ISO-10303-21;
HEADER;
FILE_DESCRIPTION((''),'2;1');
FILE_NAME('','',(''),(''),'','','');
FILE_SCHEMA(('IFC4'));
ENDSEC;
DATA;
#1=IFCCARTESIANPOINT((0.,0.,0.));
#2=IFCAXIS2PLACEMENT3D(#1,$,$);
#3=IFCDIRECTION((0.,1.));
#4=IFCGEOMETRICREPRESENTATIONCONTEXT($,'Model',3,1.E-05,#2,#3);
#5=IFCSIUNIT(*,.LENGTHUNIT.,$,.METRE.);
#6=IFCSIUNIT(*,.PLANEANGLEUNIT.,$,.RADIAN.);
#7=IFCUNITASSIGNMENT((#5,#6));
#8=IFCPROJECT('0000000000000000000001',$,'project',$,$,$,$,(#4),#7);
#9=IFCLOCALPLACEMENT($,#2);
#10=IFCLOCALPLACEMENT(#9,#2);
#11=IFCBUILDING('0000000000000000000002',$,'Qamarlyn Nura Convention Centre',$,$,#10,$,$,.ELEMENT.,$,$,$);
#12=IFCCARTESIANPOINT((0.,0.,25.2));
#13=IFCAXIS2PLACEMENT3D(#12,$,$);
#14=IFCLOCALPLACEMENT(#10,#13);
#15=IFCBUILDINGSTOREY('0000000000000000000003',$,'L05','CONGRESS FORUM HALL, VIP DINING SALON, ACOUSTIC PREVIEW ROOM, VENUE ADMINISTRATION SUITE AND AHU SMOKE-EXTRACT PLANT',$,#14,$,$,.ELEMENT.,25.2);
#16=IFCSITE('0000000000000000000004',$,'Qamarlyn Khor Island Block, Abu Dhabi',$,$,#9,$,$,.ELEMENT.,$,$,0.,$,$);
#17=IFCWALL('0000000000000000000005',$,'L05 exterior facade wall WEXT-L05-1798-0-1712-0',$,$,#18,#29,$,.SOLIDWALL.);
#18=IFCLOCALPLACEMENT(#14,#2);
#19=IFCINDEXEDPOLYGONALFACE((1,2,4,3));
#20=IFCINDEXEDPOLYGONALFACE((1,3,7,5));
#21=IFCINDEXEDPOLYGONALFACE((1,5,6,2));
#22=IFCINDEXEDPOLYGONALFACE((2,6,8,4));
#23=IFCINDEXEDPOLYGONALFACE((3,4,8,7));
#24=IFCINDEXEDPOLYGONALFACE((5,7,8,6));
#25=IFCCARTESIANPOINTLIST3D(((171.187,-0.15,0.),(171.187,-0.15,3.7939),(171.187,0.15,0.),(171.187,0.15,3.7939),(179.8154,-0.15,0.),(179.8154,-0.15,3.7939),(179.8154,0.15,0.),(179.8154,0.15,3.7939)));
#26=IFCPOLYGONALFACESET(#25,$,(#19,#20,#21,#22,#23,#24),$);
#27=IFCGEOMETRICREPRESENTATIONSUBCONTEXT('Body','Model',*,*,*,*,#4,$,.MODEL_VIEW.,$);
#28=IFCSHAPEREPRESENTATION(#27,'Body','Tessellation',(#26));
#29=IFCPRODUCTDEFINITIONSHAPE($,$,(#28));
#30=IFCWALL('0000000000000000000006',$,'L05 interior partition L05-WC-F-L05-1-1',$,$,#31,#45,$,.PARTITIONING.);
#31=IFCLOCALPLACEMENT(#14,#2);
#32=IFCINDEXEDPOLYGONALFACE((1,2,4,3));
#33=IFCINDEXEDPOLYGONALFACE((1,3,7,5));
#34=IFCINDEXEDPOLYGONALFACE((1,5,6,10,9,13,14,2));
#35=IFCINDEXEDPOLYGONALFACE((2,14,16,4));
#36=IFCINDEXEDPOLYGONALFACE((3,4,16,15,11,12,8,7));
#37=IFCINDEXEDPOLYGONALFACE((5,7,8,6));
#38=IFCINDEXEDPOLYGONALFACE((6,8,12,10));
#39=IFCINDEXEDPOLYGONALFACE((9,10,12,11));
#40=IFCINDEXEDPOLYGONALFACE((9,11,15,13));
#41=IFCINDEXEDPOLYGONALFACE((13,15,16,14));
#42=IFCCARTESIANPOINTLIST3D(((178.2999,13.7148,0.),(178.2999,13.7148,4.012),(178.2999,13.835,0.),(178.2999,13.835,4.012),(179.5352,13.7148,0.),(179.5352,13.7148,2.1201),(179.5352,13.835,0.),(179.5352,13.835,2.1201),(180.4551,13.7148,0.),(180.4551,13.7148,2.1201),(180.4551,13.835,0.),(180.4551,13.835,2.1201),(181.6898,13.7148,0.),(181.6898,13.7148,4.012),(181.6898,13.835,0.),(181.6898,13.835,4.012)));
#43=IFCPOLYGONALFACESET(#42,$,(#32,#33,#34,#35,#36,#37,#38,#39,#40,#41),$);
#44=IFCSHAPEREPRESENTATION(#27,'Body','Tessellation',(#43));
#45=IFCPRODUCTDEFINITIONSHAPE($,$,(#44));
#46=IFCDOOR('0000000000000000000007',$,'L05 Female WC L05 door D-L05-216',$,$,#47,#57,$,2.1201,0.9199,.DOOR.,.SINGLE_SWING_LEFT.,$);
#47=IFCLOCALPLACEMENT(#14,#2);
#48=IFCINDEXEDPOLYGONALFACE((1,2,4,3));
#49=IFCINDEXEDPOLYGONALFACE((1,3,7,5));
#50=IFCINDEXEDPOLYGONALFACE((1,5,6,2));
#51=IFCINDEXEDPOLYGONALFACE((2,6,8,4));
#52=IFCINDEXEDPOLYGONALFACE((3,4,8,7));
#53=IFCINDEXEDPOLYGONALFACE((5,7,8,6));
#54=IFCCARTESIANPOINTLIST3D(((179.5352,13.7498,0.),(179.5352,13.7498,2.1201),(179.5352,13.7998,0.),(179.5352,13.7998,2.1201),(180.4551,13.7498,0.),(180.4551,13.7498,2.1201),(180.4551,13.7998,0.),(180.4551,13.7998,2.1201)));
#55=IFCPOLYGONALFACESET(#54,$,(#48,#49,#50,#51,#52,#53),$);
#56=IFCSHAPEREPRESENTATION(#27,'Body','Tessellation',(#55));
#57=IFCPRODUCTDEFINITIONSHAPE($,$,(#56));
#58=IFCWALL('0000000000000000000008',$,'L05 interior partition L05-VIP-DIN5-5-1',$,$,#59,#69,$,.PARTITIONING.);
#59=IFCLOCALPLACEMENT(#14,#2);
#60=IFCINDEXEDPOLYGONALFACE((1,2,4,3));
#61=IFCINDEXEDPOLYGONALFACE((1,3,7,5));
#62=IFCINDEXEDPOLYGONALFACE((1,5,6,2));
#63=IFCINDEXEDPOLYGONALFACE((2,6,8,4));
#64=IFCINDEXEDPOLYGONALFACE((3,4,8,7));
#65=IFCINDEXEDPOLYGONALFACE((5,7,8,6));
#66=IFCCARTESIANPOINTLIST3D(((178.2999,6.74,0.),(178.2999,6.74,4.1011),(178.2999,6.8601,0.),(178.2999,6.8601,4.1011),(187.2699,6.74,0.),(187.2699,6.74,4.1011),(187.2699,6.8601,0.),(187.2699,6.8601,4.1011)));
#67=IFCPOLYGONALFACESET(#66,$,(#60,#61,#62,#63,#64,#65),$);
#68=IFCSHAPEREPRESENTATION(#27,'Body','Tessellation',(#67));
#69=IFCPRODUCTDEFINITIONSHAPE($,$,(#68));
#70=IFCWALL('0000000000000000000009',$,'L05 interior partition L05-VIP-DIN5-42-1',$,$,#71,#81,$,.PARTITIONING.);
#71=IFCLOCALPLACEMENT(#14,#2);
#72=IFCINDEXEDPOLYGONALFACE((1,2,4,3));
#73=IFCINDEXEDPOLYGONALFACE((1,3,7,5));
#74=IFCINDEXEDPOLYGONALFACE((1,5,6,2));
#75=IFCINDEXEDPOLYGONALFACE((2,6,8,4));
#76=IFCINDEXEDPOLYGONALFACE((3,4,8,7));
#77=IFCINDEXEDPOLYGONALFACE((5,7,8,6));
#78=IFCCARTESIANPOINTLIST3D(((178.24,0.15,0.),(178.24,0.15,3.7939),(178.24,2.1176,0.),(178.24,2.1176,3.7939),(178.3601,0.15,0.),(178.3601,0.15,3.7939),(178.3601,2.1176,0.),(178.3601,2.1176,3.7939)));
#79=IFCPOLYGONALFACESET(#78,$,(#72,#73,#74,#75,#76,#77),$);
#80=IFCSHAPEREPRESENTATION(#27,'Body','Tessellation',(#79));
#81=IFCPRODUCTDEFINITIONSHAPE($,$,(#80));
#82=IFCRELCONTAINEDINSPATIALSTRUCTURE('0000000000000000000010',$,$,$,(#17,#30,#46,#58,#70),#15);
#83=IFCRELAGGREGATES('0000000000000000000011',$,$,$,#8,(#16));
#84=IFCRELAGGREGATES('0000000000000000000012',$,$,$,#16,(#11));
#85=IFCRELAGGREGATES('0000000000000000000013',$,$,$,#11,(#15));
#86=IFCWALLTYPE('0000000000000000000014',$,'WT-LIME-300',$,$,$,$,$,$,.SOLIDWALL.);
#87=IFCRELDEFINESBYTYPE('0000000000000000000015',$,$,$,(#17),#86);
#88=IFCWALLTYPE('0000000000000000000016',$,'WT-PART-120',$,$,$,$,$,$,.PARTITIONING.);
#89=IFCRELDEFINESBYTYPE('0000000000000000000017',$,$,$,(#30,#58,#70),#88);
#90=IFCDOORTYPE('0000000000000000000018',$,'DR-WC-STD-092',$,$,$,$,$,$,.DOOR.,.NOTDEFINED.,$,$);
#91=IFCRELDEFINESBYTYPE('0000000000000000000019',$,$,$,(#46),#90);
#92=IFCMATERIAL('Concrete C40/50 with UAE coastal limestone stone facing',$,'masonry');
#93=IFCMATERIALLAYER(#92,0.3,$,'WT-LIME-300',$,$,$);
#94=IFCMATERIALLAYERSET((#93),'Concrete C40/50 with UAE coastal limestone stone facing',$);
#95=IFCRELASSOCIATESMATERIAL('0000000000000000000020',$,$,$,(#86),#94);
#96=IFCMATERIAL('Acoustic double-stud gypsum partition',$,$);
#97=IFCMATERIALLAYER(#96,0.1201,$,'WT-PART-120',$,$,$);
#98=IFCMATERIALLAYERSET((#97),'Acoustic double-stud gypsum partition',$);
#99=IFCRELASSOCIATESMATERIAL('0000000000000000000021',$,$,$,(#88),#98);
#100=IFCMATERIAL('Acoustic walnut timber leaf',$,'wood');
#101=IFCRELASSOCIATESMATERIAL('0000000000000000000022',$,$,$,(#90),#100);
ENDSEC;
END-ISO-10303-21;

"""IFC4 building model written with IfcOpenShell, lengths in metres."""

from ifc_helpers import new_model, si_unit, direction, frame, frame_2d, origin, place, context, subcontext, project, spatial, rectangle, extrude, material, layer, layer_set, type_object, element, fill, save


model = new_model("IFC4")

# Units and contexts
model_context = context("Model", 3, precision=1e-05, world=origin(), true_north=direction((0.0, 1.0)))
body_context = subcontext(model_context, "Body", "Model", "MODEL_VIEW")
ifc_project = project(units=[si_unit("LENGTHUNIT", "METRE"), si_unit("PLANEANGLEUNIT", "RADIAN")], contexts=[model_context])

# Site, building, storey
site_placement = place(None, origin())
site = spatial("IfcSite", under=ifc_project, at=site_placement, Name="Qamarlyn Khor Island Block, Abu Dhabi", CompositionType="ELEMENT", RefElevation=0.0)
building_placement = place(site_placement, origin())
building = spatial("IfcBuilding", under=site, at=building_placement, Name="Qamarlyn Nura Convention Centre", CompositionType="ELEMENT")
storey_placement = place(building_placement, frame((0.0, 0.0, 25.2)))
storey = spatial("IfcBuildingStorey", under=building, at=storey_placement, Name="L05", Description="CONGRESS FORUM HALL, VIP DINING SALON, ACOUSTIC PREVIEW ROOM, VENUE ADMINISTRATION SUITE AND AHU SMOKE-EXTRACT PLANT", CompositionType="ELEMENT", Elevation=25.2)

# Wall
ifc_material_1 = material(Name="Concrete C40/50 with UAE coastal limestone stone facing", Category="masonry")
ifc_layer_1 = layer(ifc_material_1, 0.3, Name="WT-LIME-300")
ifc_layer_set_1 = layer_set([ifc_layer_1], Name="Concrete C40/50 with UAE coastal limestone stone facing")
wall_type_1 = type_object("IfcWallType", Name="WT-LIME-300", PredefinedType="SOLIDWALL", material=ifc_layer_set_1)
wall_1_placement = place(storey_placement, frame((179.8154, 0.0, 0.0), z_axis=(0.0, 0.0, 1.0), x_axis=(-1.0, 0.0, 0.0)))
element("IfcWall", 1, at=wall_1_placement, inside=storey, type_object=wall_type_1, Name="L05 exterior facade wall WEXT-L05-1798-0-1712-0", PredefinedType="SOLIDWALL", context=body_context, shape_type="SweptSolid", body=[
    extrude(rectangle(XDim=8.6284, YDim=0.3, at=frame_2d((4.3142, 0.0))), origin(), (0.0, 0.0, 1.0), 3.7939),
])

# Wall, opening, door
ifc_material_2 = material(Name="Acoustic double-stud gypsum partition")
ifc_layer_2 = layer(ifc_material_2, 0.1201, Name="WT-PART-120")
ifc_layer_set_2 = layer_set([ifc_layer_2], Name="Acoustic double-stud gypsum partition")
wall_type_2 = type_object("IfcWallType", Name="WT-PART-120", PredefinedType="PARTITIONING", material=ifc_layer_set_2)
wall_2_placement = place(storey_placement, frame((178.3, 13.7749, 0.0), z_axis=(0.0, 0.0, 1.0), x_axis=(1.0, 0.0, 0.0)))
wall_2 = element("IfcWall", 2, at=wall_2_placement, inside=storey, type_object=wall_type_2, Name="L05 interior partition L05-WC-F-L05-1-1", PredefinedType="PARTITIONING", context=body_context, shape_type="SweptSolid", body=[
    extrude(rectangle(XDim=3.3899, YDim=0.1201, at=frame_2d((1.6948, 0.0))), origin(), (0.0, 0.0, 1.0), 4.012),
])
opening_1_placement = place(wall_2_placement, frame((1.2351, 0.0, 0.0)))
opening_1 = element("IfcOpeningElement", 3, at=opening_1_placement, cuts=wall_2, PredefinedType="OPENING", context=body_context, shape_type="SweptSolid", body=[
    extrude(rectangle(XDim=0.9199, YDim=2.1201, at=frame_2d((0.46, 1.0601))), frame((0.0, 0.0701, 0.0), z_axis=(0.0, -1.0, 0.0), x_axis=(1.0, 0.0, 0.0)), (0.0, 0.0, 1.0), 0.1401),
])
ifc_material_3 = material(Name="Acoustic walnut timber leaf", Category="wood")
door_type_1 = type_object("IfcDoorType", Name="DR-WC-STD-092", OperationType="NOTDEFINED", PredefinedType="DOOR", material=ifc_material_3)
door_1_placement = place(opening_1_placement, origin())
door_1 = element("IfcDoor", 4, at=door_1_placement, inside=storey, type_object=door_type_1, Name="L05 Female WC L05 door D-L05-216", OperationType="SINGLE_SWING_LEFT", OverallHeight=2.1201, OverallWidth=0.9199, PredefinedType="DOOR", context=body_context, shape_type="SweptSolid", body=[
    extrude(rectangle(XDim=0.9199, YDim=2.1201, at=frame_2d((0.46, 1.0601))), frame((0.0, 0.0249, 0.0), z_axis=(0.0, -1.0, 0.0), x_axis=(1.0, 0.0, 0.0)), (0.0, 0.0, 1.0), 0.05),
])
fill(opening_1, door_1)

# Walls
wall_3_placement = place(storey_placement, frame((178.3, 6.8, 0.0), z_axis=(0.0, 0.0, 1.0), x_axis=(1.0, 0.0, 0.0)))
element("IfcWall", 5, at=wall_3_placement, inside=storey, type_object=wall_type_2, Name="L05 interior partition L05-VIP-DIN5-5-1", PredefinedType="PARTITIONING", context=body_context, shape_type="SweptSolid", body=[
    extrude(rectangle(XDim=8.97, YDim=0.1201, at=frame_2d((4.4849, 0.0))), origin(), (0.0, 0.0, 1.0), 4.1011),
])
wall_4_placement = place(storey_placement, frame((178.3, 0.1499, 0.0), z_axis=(0.0, 0.0, 1.0), x_axis=(0.0, 1.0, 0.0)))
element("IfcWall", 6, at=wall_4_placement, inside=storey, type_object=wall_type_2, Name="L05 interior partition L05-VIP-DIN5-42-1", PredefinedType="PARTITIONING", context=body_context, shape_type="SweptSolid", body=[
    extrude(rectangle(XDim=1.9675, YDim=0.1201, at=frame_2d((0.9839, 0.0))), origin(), (0.0, 0.0, 1.0), 3.7939),
])

save(model, "model.ifc")
